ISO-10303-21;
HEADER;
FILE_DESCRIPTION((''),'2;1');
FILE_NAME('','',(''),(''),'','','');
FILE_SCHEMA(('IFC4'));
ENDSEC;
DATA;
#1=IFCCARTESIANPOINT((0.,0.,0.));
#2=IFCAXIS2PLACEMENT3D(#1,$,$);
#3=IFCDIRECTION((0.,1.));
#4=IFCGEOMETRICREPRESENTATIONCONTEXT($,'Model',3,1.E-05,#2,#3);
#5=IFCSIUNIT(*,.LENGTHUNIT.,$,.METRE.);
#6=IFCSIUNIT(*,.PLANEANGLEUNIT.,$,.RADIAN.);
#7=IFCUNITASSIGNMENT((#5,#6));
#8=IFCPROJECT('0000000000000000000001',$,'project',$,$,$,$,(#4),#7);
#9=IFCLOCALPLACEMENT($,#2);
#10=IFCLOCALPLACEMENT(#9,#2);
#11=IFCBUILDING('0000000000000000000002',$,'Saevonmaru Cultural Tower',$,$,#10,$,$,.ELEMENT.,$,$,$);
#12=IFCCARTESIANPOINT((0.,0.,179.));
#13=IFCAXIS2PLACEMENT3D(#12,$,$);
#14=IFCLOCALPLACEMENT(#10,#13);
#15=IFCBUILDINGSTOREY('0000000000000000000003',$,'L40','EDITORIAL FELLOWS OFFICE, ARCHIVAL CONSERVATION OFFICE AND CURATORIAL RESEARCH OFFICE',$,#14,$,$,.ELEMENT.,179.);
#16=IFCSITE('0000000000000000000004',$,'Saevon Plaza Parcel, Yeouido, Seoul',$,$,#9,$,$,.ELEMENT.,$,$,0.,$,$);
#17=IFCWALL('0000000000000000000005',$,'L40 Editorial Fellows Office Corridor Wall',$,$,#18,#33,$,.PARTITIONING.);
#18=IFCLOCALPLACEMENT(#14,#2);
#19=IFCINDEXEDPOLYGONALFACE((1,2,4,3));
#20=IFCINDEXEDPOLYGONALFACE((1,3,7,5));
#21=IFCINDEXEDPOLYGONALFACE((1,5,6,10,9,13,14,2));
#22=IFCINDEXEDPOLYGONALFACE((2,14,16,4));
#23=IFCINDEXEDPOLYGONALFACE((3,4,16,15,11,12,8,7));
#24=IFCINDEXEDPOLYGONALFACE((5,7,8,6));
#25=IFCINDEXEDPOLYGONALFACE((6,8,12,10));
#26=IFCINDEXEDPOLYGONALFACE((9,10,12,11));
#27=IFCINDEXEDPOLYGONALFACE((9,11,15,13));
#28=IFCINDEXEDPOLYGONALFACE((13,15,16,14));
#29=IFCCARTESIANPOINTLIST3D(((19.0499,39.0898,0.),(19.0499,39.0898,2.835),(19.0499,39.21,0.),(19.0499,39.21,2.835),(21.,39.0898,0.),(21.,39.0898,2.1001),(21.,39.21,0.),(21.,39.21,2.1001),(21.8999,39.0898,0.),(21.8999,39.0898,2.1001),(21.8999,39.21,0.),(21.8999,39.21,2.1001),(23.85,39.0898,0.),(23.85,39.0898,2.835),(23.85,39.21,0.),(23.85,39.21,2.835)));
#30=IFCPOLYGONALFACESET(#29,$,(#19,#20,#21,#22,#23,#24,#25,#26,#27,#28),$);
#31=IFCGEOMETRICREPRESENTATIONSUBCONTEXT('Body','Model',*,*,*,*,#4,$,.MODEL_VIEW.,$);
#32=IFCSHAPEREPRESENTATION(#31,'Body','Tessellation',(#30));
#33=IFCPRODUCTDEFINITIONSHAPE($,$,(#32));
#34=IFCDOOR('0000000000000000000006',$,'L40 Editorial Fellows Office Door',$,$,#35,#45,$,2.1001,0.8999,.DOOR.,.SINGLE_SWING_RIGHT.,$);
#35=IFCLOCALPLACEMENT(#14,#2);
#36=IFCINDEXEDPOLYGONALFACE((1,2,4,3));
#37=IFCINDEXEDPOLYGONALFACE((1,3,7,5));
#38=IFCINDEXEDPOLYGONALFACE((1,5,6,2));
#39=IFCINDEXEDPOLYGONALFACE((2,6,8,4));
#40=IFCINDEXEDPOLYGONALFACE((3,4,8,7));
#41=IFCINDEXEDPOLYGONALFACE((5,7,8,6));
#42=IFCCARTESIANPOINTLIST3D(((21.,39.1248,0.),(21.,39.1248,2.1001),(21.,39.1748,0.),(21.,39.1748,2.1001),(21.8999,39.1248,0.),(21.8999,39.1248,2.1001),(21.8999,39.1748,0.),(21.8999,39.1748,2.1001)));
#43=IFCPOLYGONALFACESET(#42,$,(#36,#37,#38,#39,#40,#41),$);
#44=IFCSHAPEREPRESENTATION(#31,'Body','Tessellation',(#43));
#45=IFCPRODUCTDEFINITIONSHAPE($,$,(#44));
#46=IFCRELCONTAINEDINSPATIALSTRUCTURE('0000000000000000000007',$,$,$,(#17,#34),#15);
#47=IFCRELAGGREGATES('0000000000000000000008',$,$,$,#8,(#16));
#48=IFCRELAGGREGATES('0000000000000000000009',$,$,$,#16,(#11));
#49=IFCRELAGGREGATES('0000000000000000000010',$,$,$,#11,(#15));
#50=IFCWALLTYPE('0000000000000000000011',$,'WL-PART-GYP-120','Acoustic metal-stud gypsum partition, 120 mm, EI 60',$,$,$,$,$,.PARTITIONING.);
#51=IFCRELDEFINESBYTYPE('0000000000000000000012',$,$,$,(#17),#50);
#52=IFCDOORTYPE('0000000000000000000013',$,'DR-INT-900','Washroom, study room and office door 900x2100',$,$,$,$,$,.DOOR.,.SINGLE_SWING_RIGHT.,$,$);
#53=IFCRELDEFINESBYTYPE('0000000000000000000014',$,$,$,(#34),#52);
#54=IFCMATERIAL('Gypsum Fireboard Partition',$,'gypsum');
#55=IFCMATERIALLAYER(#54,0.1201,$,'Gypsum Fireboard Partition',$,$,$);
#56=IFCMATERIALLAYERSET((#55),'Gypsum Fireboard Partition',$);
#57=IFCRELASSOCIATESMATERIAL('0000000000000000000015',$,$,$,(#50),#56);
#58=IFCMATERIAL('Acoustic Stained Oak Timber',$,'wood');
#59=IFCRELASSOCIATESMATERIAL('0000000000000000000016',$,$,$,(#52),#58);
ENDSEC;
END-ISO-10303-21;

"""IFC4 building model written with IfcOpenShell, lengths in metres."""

from ifc_helpers import new_model, si_unit, direction, frame, frame_2d, origin, place, context, subcontext, project, spatial, rectangle, extrude, material, layer, layer_set, type_object, element, fill, save


model = new_model("IFC4")

# Units and contexts
model_context = context("Model", 3, precision=1e-05, world=origin(), true_north=direction((0.0, 1.0)))
body_context = subcontext(model_context, "Body", "Model", "MODEL_VIEW")
ifc_project = project(units=[si_unit("LENGTHUNIT", "METRE"), si_unit("PLANEANGLEUNIT", "RADIAN")], contexts=[model_context])

# Site, building, storey
site_placement = place(None, origin())
site = spatial("IfcSite", under=ifc_project, at=site_placement, Name="Saevon Plaza Parcel, Yeouido, Seoul", CompositionType="ELEMENT", RefElevation=0.0)
building_placement = place(site_placement, origin())
building = spatial("IfcBuilding", under=site, at=building_placement, Name="Saevonmaru Cultural Tower", CompositionType="ELEMENT")
storey_placement = place(building_placement, frame((0.0, 0.0, 179.0)))
storey = spatial("IfcBuildingStorey", under=building, at=storey_placement, Name="L40", Description="EDITORIAL FELLOWS OFFICE, ARCHIVAL CONSERVATION OFFICE AND CURATORIAL RESEARCH OFFICE", CompositionType="ELEMENT", Elevation=179.0)

# Shared definitions
ifc_material_1 = material(Name="Gypsum Fireboard Partition", Category="gypsum")

# Wall, opening, door
ifc_layer_1 = layer(ifc_material_1, 0.1201, Name="Gypsum Fireboard Partition")
ifc_layer_set_1 = layer_set([ifc_layer_1], Name="Gypsum Fireboard Partition")
wall_type_1 = type_object("IfcWallType", Name="WL-PART-GYP-120", Description="Acoustic metal-stud gypsum partition, 120 mm, EI 60", PredefinedType="PARTITIONING", material=ifc_layer_set_1)
ifc_material_2 = material(Name="Acoustic Stained Oak Timber", Category="wood")
door_type = type_object("IfcDoorType", Name="DR-INT-900", Description="Washroom, study room and office door 900x2100", OperationType="SINGLE_SWING_RIGHT", PredefinedType="DOOR", material=ifc_material_2)
wall_1_placement = place(storey_placement, frame((19.05, 39.1499, 0.0), z_axis=(0.0, 0.0, 1.0), x_axis=(1.0, 0.0, 0.0)))
wall_1 = element("IfcWall", 1, at=wall_1_placement, inside=storey, type_object=wall_type_1, Name="L40 Editorial Fellows Office Corridor Wall", PredefinedType="PARTITIONING", context=body_context, shape_type="SweptSolid", body=[
    extrude(rectangle(XDim=4.8, YDim=0.1201, at=frame_2d((2.3999, 0.0))), origin(), (0.0, 0.0, 1.0), 2.835),
])
opening_1_placement = place(wall_1_placement, frame((1.95, 0.0, 0.0)))
opening_1 = element("IfcOpeningElement", 2, at=opening_1_placement, cuts=wall_1, PredefinedType="OPENING", context=body_context, shape_type="SweptSolid", body=[
    extrude(rectangle(XDim=0.8999, YDim=2.1001, at=frame_2d((0.45, 1.05))), frame((0.0, 0.0701, 0.0), z_axis=(0.0, -1.0, 0.0), x_axis=(1.0, 0.0, 0.0)), (0.0, 0.0, 1.0), 0.1401),
])
door_1_placement = place(opening_1_placement, origin())
door_1 = element("IfcDoor", 3, at=door_1_placement, inside=storey, type_object=door_type, Name="L40 Editorial Fellows Office Door", OperationType="SINGLE_SWING_RIGHT", OverallHeight=2.1001, OverallWidth=0.8999, PredefinedType="DOOR", context=body_context, shape_type="SweptSolid", body=[
    extrude(rectangle(XDim=0.8999, YDim=2.1001, at=frame_2d((0.45, 1.05))), frame((0.0, 0.0249, 0.0), z_axis=(0.0, -1.0, 0.0), x_axis=(1.0, 0.0, 0.0)), (0.0, 0.0, 1.0), 0.05),
])
fill(opening_1, door_1)

save(model, "model.ifc")
